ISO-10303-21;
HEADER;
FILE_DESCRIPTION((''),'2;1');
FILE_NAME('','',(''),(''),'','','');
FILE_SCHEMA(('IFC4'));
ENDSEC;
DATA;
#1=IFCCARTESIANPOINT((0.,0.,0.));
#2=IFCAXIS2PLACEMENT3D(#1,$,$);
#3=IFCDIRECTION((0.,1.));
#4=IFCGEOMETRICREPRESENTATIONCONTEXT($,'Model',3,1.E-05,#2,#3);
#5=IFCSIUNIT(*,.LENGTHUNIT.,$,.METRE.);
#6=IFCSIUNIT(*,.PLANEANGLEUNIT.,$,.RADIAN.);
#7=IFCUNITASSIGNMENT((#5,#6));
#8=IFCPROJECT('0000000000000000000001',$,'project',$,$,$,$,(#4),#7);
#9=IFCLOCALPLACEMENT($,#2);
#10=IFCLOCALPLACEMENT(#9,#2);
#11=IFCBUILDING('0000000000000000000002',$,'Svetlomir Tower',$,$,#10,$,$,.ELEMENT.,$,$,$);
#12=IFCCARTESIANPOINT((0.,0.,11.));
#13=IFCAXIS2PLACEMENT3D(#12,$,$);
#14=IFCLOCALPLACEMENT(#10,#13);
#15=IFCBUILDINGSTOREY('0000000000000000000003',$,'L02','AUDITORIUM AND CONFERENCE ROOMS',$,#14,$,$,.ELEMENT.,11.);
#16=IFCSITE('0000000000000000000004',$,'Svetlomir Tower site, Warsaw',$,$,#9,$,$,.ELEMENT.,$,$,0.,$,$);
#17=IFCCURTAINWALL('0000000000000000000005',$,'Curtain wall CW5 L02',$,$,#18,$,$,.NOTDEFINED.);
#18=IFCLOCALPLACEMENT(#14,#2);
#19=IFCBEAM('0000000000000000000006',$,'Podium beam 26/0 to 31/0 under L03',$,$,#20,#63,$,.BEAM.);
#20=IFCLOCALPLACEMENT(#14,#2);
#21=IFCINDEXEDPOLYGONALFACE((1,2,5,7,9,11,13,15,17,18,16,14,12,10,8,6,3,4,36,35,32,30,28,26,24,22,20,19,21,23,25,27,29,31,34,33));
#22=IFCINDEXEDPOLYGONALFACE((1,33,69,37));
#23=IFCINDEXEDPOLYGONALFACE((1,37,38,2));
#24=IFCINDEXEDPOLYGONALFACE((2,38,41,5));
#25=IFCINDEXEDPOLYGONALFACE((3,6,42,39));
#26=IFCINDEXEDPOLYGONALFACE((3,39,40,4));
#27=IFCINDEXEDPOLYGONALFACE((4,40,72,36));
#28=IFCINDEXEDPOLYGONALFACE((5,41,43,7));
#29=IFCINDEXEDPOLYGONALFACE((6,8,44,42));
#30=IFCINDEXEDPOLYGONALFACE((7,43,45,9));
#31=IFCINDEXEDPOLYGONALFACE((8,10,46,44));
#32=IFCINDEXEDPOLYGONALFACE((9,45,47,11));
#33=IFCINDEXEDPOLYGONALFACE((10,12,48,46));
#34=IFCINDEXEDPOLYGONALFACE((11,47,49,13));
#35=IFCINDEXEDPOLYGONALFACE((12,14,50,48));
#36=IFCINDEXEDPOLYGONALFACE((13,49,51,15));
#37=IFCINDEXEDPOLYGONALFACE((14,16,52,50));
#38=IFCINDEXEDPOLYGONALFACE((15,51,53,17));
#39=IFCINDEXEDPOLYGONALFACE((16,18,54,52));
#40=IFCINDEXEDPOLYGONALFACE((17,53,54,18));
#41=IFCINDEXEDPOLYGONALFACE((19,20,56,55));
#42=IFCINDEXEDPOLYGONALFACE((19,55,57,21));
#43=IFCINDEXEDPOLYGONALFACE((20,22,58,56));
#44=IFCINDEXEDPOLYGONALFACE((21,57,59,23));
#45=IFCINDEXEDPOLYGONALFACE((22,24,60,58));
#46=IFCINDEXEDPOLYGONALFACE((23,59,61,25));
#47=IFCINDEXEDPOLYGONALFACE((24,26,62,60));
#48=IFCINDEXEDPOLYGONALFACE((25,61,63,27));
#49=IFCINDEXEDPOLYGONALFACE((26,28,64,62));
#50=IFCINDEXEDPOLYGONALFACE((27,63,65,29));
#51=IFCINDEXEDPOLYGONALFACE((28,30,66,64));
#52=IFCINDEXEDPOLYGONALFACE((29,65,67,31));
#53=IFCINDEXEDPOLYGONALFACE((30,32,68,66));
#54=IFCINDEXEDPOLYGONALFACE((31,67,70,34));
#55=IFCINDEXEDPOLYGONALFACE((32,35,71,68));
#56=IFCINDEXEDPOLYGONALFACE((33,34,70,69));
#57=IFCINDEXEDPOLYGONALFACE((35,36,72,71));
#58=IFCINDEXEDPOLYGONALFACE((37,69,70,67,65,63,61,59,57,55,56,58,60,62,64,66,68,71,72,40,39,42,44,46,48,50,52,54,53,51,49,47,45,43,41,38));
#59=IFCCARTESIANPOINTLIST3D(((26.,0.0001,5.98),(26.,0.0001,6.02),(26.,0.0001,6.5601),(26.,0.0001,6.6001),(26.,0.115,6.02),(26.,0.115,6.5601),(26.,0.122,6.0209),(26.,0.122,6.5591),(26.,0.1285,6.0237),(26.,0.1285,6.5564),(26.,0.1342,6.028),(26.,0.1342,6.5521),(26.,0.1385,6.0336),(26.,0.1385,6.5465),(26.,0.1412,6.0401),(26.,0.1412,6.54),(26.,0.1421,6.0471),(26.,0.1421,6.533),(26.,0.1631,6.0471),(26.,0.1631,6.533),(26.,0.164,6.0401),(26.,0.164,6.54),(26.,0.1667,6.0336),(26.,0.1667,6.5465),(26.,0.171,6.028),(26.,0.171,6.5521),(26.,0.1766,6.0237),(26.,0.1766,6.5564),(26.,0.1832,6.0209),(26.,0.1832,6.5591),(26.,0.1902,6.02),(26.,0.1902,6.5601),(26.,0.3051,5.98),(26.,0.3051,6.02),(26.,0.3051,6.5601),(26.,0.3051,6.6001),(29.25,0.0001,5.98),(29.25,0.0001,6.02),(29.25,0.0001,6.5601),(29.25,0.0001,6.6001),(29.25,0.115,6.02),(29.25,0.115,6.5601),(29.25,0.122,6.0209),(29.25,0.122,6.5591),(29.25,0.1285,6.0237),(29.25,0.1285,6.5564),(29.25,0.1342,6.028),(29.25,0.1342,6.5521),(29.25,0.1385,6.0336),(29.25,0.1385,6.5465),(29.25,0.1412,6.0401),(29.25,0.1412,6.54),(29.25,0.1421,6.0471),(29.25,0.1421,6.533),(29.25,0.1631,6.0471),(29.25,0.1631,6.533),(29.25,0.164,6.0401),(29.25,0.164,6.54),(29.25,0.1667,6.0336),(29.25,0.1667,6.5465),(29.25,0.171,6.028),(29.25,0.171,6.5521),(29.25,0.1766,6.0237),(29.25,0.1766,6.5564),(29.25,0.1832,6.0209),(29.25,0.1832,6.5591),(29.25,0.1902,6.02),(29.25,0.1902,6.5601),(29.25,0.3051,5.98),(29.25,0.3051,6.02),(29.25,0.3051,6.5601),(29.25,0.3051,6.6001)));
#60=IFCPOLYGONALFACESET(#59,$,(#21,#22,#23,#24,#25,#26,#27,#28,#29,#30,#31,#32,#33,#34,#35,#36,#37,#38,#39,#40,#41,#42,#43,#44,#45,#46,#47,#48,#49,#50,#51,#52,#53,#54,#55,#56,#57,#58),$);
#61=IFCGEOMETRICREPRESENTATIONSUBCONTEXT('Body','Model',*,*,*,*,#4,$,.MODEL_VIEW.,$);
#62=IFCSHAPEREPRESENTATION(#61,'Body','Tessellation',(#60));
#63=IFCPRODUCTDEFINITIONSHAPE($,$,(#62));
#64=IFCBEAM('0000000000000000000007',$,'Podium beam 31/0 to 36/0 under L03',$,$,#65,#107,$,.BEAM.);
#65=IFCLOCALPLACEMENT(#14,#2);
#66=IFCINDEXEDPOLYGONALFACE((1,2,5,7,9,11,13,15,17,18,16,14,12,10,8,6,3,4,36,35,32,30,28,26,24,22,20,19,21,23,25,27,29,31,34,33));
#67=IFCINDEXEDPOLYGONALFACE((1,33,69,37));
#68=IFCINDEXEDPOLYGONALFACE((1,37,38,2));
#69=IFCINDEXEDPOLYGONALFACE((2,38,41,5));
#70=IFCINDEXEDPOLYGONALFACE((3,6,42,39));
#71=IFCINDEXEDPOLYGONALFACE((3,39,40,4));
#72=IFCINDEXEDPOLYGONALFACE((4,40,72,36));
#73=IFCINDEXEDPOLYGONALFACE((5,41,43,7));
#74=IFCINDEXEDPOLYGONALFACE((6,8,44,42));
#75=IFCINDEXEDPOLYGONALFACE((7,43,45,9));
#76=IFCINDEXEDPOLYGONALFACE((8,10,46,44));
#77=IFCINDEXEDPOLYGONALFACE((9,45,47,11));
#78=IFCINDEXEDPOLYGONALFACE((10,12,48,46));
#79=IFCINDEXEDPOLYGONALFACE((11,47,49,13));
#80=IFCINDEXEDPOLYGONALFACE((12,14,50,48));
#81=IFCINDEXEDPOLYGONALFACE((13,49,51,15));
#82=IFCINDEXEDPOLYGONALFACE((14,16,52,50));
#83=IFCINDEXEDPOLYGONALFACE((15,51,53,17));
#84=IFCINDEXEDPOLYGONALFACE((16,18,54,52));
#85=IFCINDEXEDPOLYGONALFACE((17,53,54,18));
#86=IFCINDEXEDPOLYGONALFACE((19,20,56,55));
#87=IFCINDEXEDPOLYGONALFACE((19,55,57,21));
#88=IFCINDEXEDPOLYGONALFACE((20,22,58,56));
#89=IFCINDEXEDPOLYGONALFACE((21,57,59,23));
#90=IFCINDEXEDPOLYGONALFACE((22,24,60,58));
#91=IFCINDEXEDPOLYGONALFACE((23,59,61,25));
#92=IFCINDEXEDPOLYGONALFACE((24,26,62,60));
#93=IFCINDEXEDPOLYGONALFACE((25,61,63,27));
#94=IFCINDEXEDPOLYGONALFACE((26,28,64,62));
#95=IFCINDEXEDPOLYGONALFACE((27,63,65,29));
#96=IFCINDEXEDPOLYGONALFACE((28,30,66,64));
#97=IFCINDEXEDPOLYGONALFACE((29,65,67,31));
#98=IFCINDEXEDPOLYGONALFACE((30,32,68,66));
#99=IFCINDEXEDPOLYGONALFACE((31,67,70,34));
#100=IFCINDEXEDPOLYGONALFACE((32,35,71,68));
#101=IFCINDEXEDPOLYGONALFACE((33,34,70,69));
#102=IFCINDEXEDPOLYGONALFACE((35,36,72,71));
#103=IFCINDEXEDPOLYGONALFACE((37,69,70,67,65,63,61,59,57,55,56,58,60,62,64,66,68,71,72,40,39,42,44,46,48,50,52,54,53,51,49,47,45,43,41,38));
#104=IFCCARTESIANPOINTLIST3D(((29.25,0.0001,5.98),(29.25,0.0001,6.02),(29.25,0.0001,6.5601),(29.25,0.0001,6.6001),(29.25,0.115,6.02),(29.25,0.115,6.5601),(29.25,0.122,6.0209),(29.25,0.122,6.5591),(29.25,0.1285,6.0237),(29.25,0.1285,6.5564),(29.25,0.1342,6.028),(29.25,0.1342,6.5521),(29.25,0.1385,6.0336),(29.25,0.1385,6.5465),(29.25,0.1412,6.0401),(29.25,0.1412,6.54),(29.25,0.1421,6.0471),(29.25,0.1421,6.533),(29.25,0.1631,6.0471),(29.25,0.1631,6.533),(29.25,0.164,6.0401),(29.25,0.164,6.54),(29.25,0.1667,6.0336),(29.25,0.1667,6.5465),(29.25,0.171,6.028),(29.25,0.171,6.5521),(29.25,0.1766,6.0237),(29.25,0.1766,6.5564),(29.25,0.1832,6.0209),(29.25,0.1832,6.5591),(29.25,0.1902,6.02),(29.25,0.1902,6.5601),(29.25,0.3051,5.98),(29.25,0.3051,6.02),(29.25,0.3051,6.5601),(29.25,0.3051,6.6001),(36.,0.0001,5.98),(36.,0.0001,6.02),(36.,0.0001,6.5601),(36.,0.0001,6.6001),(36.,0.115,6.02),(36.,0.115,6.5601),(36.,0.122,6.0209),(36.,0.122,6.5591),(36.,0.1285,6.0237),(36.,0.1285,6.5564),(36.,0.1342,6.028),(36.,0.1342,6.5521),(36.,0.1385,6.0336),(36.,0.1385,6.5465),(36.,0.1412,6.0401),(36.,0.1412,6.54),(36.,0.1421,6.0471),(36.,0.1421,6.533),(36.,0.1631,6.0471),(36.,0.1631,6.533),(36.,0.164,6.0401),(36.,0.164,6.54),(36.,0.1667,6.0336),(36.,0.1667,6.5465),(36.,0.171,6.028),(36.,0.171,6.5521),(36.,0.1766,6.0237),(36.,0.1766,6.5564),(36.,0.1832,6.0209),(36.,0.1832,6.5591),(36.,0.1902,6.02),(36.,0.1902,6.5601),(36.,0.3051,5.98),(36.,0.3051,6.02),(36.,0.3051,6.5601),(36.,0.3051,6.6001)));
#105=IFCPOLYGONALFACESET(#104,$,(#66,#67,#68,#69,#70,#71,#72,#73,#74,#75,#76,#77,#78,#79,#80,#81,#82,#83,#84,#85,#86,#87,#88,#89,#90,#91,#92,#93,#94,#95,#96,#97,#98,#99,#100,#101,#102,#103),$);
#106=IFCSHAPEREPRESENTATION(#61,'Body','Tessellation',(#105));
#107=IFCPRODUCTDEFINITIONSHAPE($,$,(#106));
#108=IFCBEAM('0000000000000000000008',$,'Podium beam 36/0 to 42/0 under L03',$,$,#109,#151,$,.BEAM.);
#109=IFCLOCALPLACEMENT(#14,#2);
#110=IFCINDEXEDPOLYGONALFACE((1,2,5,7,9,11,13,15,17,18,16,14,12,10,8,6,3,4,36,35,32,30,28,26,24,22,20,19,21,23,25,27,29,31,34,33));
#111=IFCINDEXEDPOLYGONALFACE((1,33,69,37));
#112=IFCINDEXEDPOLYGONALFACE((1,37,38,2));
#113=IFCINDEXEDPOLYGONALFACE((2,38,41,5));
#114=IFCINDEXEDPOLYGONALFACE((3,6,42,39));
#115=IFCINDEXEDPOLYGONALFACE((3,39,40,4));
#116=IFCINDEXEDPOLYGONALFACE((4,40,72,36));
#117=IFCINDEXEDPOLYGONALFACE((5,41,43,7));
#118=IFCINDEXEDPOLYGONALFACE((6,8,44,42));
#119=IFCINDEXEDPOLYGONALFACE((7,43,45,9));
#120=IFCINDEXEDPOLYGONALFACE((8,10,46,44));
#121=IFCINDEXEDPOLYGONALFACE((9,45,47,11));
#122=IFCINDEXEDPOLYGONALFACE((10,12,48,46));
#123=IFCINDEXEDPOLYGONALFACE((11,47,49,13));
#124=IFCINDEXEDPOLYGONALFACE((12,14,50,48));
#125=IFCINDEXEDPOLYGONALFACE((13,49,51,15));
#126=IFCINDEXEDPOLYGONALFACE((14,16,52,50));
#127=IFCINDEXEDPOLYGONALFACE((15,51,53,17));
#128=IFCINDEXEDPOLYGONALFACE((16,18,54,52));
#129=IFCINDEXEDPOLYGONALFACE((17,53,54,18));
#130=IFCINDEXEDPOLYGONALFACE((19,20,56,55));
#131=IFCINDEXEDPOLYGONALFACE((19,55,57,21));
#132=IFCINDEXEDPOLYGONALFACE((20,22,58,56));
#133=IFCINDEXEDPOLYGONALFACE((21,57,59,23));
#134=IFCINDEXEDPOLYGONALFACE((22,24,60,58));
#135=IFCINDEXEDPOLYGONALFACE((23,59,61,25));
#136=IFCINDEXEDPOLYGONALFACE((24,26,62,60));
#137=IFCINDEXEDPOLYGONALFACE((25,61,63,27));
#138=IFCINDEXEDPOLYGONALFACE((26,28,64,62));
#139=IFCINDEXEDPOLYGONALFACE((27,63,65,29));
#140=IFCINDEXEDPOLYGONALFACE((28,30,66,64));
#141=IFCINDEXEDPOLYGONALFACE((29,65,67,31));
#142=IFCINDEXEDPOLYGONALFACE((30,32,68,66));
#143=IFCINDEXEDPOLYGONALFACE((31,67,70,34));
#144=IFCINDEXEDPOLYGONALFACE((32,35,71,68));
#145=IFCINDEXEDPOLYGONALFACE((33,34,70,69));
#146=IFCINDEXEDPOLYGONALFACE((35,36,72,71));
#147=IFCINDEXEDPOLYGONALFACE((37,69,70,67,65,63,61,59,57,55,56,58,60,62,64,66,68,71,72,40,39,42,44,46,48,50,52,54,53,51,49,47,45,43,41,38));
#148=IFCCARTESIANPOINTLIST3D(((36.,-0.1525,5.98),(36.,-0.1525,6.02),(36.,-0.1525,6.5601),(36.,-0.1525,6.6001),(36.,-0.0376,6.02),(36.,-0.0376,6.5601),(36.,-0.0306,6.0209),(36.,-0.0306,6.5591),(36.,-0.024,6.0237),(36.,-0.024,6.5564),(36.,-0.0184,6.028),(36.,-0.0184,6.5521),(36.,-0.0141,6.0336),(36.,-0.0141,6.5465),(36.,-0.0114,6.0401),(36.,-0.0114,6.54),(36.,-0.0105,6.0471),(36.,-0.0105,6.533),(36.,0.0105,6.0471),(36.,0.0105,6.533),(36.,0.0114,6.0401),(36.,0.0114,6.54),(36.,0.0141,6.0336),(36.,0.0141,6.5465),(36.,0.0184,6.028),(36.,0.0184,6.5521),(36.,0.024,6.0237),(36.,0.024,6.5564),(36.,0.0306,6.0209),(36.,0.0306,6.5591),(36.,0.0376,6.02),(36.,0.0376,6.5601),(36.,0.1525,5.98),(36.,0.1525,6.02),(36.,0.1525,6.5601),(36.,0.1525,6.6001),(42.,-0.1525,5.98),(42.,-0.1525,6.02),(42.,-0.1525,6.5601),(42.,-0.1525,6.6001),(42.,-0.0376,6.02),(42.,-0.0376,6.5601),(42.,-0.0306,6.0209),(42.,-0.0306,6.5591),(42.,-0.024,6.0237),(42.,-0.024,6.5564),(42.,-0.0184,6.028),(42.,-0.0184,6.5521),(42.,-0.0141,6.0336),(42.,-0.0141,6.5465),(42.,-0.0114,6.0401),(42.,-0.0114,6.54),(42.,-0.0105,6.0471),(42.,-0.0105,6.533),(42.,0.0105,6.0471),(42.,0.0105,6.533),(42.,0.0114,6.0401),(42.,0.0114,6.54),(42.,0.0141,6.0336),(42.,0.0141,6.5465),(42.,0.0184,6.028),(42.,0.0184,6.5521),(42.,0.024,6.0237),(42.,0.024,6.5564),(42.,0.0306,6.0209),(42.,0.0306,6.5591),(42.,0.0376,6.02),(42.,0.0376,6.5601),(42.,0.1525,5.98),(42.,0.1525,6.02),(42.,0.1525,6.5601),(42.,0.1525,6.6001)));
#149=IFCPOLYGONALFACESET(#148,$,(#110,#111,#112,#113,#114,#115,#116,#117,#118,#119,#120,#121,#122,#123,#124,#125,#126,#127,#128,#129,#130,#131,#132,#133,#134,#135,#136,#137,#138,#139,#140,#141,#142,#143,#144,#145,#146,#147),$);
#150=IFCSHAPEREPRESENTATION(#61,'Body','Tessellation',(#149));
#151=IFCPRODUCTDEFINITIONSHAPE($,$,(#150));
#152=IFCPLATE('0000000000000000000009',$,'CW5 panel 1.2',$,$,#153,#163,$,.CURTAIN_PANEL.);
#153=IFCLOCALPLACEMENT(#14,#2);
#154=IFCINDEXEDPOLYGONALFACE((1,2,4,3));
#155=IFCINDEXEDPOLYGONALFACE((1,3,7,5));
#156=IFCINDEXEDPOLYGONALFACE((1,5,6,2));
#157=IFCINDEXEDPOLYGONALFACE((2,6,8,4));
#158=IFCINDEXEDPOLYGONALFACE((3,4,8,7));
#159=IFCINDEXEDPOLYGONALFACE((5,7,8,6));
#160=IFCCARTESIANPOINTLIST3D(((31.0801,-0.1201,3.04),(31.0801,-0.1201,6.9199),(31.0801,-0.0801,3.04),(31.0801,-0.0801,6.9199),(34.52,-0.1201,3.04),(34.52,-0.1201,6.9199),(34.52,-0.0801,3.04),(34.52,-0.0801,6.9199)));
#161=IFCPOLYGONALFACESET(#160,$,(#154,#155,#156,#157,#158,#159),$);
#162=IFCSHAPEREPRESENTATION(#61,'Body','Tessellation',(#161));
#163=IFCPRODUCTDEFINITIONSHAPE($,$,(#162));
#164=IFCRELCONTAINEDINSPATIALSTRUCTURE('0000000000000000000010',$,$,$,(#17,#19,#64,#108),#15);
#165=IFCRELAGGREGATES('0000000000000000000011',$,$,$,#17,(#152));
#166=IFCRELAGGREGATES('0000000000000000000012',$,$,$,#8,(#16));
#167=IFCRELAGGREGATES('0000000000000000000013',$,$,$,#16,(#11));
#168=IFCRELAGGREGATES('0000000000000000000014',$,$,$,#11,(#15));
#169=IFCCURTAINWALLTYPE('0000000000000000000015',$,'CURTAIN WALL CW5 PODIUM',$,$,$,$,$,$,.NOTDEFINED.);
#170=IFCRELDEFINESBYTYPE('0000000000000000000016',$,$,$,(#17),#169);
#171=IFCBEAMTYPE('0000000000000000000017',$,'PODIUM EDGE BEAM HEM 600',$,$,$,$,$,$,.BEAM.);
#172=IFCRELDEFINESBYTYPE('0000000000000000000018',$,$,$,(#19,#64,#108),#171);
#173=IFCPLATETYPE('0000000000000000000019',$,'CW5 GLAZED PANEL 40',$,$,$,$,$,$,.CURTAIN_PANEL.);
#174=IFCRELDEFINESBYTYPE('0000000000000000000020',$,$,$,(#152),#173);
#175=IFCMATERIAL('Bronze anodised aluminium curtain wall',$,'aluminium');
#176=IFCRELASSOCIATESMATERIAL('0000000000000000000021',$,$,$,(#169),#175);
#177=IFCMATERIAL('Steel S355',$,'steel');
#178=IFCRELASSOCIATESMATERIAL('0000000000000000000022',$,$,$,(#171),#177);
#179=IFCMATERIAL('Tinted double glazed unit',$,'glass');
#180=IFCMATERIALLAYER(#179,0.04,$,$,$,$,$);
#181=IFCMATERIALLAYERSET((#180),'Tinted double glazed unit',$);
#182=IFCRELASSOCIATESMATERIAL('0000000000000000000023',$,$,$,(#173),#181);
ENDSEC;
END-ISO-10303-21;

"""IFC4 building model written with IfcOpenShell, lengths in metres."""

from ifc_helpers import new_model, si_unit, direction, frame, origin, origin_2d, place, context, subcontext, project, spatial, rectangle, i_section, extrude, material, layer, layer_set, material_profile, profile_set, type_object, element, aggregate, save


model = new_model("IFC4")

# Units and contexts
model_context = context("Model", 3, precision=1e-05, world=origin(), true_north=direction((0.0, 1.0)))
body_context = subcontext(model_context, "Body", "Model", "MODEL_VIEW")
ifc_project = project(units=[si_unit("LENGTHUNIT", "METRE"), si_unit("PLANEANGLEUNIT", "RADIAN")], contexts=[model_context])

# Site, building, storey
site_placement = place(None, origin())
site = spatial("IfcSite", under=ifc_project, at=site_placement, Name="Svetlomir Tower site, Warsaw", CompositionType="ELEMENT", RefElevation=0.0)
building_placement = place(site_placement, origin())
building = spatial("IfcBuilding", under=site, at=building_placement, Name="Svetlomir Tower", CompositionType="ELEMENT")
storey_placement = place(building_placement, frame((0.0, 0.0, 11.0)))
storey = spatial("IfcBuildingStorey", under=building, at=storey_placement, Name="L02", Description="AUDITORIUM AND CONFERENCE ROOMS", CompositionType="ELEMENT", Elevation=11.0)

# Curtain wall
ifc_material_1 = material(Name="Bronze anodised aluminium curtain wall", Category="aluminium")
curtain_wall_type = type_object("IfcCurtainWallType", Name="CURTAIN WALL CW5 PODIUM", PredefinedType="NOTDEFINED", material=ifc_material_1)
curtain_wall_1_placement = place(storey_placement, origin())
curtain_wall_1 = element("IfcCurtainWall", 1, at=curtain_wall_1_placement, inside=storey, type_object=curtain_wall_type, Name="Curtain wall CW5 L02", PredefinedType="NOTDEFINED")

# Beams
ifc_material_2 = material(Name="Steel S355", Category="steel")
ifc_material_profile_1 = material_profile(ifc_material_2, i_section(OverallWidth=0.3049, OverallDepth=0.6201, WebThickness=0.021, FlangeThickness=0.04, FilletRadius=0.0271, at=origin_2d()), Name="HEM 600")
ifc_profile_set_1 = profile_set([ifc_material_profile_1], Name="Steel S355")
beam_type = type_object("IfcBeamType", Name="PODIUM EDGE BEAM HEM 600", PredefinedType="BEAM", material=ifc_profile_set_1)
beam_1_placement = place(storey_placement, frame((26.0, 0.1526, 6.29), z_axis=(1.0, 0.0, 0.0), x_axis=(0.0, 1.0, 0.0)))
element("IfcBeam", 2, at=beam_1_placement, inside=storey, type_object=beam_type, Name="Podium beam 26/0 to 31/0 under L03", PredefinedType="BEAM", context=body_context, shape_type="SweptSolid", body=[
    extrude(i_section(OverallWidth=0.3049, OverallDepth=0.6201, WebThickness=0.021, FlangeThickness=0.04, FilletRadius=0.0271, at=origin_2d()), origin(), (0.0, 0.0, 1.0), 3.25),
])
beam_2_placement = place(storey_placement, frame((29.25, 0.1526, 6.29), z_axis=(1.0, 0.0, 0.0), x_axis=(0.0, 1.0, 0.0)))
element("IfcBeam", 3, at=beam_2_placement, inside=storey, type_object=beam_type, Name="Podium beam 31/0 to 36/0 under L03", PredefinedType="BEAM", context=body_context, shape_type="SweptSolid", body=[
    extrude(i_section(OverallWidth=0.3049, OverallDepth=0.6201, WebThickness=0.021, FlangeThickness=0.04, FilletRadius=0.0271, at=origin_2d()), origin(), (0.0, 0.0, 1.0), 6.75),
])
beam_3_placement = place(storey_placement, frame((36.0, 0.0, 6.29), z_axis=(1.0, 0.0, 0.0), x_axis=(0.0, 1.0, 0.0)))
element("IfcBeam", 4, at=beam_3_placement, inside=storey, type_object=beam_type, Name="Podium beam 36/0 to 42/0 under L03", PredefinedType="BEAM", context=body_context, shape_type="SweptSolid", body=[
    extrude(i_section(OverallWidth=0.3049, OverallDepth=0.6201, WebThickness=0.021, FlangeThickness=0.04, FilletRadius=0.0271, at=origin_2d()), origin(), (0.0, 0.0, 1.0), 6.0),
])

# Plate
ifc_material_3 = material(Name="Tinted double glazed unit", Category="glass")
ifc_layer = layer(ifc_material_3, 0.04)
ifc_layer_set = layer_set([ifc_layer], Name="Tinted double glazed unit")
plate_type = type_object("IfcPlateType", Name="CW5 GLAZED PANEL 40", PredefinedType="CURTAIN_PANEL", material=ifc_layer_set)
plate_placement = place(storey_placement, frame((32.8, -0.1001, 3.04), z_axis=(0.0, 0.0, 1.0), x_axis=(1.0, 0.0, 0.0)))
plate = element("IfcPlate", 5, at=plate_placement, type_object=plate_type, Name="CW5 panel 1.2", PredefinedType="CURTAIN_PANEL", context=body_context, shape_type="SweptSolid", body=[
    extrude(rectangle(XDim=3.4399, YDim=0.04, at=origin_2d()), origin(), (0.0, 0.0, 1.0), 3.8799),
])
aggregate(curtain_wall_1, [plate])

save(model, "model.ifc")
